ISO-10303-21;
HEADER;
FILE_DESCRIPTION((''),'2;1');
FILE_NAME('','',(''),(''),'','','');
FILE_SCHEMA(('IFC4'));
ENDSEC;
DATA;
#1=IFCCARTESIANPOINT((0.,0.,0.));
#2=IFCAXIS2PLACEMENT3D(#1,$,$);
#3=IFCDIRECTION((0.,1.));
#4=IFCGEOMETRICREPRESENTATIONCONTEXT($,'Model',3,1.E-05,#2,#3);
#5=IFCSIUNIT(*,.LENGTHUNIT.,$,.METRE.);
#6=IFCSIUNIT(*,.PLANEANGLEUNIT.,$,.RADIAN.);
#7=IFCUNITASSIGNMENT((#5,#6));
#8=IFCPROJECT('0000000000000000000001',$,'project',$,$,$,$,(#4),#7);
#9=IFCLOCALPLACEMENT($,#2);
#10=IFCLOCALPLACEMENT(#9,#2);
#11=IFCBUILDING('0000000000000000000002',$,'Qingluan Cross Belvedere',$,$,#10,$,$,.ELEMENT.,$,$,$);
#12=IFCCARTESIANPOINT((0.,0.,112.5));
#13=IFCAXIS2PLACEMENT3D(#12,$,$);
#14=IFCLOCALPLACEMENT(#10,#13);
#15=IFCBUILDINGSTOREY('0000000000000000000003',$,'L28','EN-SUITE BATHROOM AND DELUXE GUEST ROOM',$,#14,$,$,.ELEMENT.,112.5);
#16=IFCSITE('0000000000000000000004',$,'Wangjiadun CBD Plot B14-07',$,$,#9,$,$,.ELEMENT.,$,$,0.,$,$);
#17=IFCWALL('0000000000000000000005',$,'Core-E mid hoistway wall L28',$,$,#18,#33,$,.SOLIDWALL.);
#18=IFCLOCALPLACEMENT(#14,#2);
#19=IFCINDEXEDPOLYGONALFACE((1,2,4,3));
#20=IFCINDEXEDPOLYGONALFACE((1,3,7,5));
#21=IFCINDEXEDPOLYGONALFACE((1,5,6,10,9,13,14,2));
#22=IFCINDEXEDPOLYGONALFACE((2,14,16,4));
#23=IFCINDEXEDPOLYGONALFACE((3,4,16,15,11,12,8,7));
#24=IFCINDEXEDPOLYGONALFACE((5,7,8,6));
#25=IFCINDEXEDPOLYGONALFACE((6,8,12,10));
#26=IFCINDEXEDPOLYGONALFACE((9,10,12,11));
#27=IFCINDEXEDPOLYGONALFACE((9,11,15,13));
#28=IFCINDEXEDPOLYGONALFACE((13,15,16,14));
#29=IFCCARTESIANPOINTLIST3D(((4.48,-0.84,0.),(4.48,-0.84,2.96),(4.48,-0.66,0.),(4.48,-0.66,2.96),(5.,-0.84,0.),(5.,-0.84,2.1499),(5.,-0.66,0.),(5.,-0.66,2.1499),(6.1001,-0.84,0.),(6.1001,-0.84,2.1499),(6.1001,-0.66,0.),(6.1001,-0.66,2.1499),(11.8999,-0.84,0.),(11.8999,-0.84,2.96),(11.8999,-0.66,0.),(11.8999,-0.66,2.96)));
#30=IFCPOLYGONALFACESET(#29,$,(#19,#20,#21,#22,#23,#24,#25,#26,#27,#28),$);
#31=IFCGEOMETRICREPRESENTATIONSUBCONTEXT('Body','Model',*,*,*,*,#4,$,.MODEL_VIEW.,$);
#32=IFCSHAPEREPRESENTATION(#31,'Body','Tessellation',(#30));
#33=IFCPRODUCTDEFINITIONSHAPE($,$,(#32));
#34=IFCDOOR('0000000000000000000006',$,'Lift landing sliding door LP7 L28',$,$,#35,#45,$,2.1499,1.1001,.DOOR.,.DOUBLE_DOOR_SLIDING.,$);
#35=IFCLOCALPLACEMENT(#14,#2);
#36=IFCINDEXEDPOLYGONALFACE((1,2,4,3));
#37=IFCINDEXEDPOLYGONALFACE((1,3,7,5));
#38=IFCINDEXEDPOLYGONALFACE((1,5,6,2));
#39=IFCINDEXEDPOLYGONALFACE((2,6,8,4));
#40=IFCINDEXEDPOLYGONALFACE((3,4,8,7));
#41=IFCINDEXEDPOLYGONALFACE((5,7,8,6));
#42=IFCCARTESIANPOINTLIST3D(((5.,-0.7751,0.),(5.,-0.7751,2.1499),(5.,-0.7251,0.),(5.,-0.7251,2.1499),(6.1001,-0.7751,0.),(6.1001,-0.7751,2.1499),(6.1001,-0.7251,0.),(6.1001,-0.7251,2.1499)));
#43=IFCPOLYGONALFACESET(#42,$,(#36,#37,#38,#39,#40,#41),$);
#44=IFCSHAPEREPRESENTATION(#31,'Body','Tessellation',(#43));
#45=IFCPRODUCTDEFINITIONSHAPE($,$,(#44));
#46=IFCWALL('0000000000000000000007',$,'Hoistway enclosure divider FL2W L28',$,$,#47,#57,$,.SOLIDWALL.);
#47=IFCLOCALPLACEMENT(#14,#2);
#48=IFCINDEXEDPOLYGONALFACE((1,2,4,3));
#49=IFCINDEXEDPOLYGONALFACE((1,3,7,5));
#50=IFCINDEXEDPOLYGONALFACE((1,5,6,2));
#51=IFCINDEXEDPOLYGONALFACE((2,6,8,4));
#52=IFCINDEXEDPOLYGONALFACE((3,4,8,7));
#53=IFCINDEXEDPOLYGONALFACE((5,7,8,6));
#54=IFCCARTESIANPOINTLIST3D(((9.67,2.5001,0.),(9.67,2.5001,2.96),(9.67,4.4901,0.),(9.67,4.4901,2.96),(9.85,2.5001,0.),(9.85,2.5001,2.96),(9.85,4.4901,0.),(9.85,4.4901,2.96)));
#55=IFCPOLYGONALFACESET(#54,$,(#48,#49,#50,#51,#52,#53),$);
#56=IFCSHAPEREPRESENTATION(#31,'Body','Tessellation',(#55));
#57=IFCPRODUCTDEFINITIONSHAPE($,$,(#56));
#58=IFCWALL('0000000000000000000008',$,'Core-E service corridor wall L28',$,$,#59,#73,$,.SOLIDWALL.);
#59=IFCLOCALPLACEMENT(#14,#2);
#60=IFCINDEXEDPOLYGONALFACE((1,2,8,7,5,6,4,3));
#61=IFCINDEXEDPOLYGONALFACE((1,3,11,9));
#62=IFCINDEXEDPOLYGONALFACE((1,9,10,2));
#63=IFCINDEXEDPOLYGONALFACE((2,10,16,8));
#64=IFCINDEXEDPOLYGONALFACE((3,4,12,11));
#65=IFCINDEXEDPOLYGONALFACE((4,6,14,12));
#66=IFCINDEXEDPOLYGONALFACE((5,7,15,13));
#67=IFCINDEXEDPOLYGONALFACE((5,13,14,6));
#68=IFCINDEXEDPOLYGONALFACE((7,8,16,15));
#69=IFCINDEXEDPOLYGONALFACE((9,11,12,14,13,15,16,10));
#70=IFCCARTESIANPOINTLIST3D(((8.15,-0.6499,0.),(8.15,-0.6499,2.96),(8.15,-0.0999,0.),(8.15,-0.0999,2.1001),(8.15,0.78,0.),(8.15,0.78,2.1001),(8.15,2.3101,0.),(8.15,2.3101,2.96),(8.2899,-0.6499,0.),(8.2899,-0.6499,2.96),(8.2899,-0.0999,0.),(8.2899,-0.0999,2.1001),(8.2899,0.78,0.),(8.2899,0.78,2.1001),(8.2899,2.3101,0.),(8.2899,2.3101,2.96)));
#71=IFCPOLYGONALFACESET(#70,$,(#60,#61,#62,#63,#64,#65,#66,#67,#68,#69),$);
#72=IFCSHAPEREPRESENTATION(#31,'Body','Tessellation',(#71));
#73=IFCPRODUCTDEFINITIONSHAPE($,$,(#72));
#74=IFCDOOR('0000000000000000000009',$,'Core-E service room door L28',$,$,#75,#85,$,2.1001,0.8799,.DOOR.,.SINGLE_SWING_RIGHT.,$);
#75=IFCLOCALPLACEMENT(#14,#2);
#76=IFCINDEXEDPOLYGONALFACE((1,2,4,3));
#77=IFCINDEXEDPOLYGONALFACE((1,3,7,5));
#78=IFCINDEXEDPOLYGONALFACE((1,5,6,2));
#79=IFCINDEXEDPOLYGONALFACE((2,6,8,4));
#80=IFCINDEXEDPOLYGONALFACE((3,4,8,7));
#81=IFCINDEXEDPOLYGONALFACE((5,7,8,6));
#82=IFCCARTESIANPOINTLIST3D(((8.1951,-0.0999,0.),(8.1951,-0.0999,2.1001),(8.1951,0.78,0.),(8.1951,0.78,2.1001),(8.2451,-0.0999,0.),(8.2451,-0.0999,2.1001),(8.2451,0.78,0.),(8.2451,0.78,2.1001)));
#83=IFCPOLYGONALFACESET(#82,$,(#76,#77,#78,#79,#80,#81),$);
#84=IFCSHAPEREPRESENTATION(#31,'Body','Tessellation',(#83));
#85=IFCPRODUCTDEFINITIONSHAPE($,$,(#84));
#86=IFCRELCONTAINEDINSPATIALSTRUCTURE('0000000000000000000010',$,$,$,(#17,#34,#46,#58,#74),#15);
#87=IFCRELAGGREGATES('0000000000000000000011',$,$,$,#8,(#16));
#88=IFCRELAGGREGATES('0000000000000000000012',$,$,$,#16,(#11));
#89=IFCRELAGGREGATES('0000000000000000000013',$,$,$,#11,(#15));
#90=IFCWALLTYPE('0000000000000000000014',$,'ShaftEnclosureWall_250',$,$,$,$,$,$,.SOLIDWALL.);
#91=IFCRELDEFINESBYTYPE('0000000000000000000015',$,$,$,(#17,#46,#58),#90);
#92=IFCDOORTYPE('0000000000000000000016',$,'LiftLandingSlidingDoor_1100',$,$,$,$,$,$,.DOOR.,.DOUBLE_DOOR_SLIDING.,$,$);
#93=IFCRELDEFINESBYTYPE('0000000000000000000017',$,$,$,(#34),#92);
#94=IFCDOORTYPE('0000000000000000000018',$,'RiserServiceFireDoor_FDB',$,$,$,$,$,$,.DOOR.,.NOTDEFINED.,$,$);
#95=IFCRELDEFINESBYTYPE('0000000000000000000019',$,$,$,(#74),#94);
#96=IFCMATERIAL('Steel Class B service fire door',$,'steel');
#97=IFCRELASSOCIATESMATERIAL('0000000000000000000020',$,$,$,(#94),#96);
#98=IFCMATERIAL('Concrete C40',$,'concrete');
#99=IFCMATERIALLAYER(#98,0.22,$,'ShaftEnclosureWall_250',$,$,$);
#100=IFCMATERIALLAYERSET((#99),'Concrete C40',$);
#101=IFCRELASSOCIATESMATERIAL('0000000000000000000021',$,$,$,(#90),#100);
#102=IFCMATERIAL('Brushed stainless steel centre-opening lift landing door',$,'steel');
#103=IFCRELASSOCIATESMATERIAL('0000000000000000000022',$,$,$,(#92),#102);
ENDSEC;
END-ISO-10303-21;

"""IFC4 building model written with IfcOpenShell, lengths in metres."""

from ifc_helpers import new_model, si_unit, direction, frame, frame_2d, origin, place, context, subcontext, project, spatial, rectangle, extrude, material, layer, layer_set, type_object, element, fill, save


model = new_model("IFC4")

# Units and contexts
model_context = context("Model", 3, precision=1e-05, world=origin(), true_north=direction((0.0, 1.0)))
body_context = subcontext(model_context, "Body", "Model", "MODEL_VIEW")
ifc_project = project(units=[si_unit("LENGTHUNIT", "METRE"), si_unit("PLANEANGLEUNIT", "RADIAN")], contexts=[model_context])

# Site, building, storey
site_placement = place(None, origin())
site = spatial("IfcSite", under=ifc_project, at=site_placement, Name="Wangjiadun CBD Plot B14-07", CompositionType="ELEMENT", RefElevation=0.0)
building_placement = place(site_placement, origin())
building = spatial("IfcBuilding", under=site, at=building_placement, Name="Qingluan Cross Belvedere", CompositionType="ELEMENT")
storey_placement = place(building_placement, frame((0.0, 0.0, 112.5)))
storey = spatial("IfcBuildingStorey", under=building, at=storey_placement, Name="L28", Description="EN-SUITE BATHROOM AND DELUXE GUEST ROOM", CompositionType="ELEMENT", Elevation=112.5)

# Shared definitions
ifc_material_1 = material(Name="Steel Class B service fire door", Category="steel")
door_type_1 = type_object("IfcDoorType", Name="RiserServiceFireDoor_FDB", OperationType="NOTDEFINED", PredefinedType="DOOR", material=ifc_material_1)

# Shared definitions
ifc_material_2 = material(Name="Concrete C40", Category="concrete")
ifc_layer_1 = layer(ifc_material_2, 0.22, Name="ShaftEnclosureWall_250")
ifc_layer_set_1 = layer_set([ifc_layer_1], Name="Concrete C40")
wall_type_1 = type_object("IfcWallType", Name="ShaftEnclosureWall_250", PredefinedType="SOLIDWALL", material=ifc_layer_set_1)
ifc_material_3 = material(Name="Brushed stainless steel centre-opening lift landing door", Category="steel")
door_type_2 = type_object("IfcDoorType", Name="LiftLandingSlidingDoor_1100", OperationType="DOUBLE_DOOR_SLIDING", PredefinedType="DOOR", material=ifc_material_3)

# Wall, opening, door
wall_1_placement = place(storey_placement, frame((4.48, -0.75, 0.0), z_axis=(0.0, 0.0, 1.0), x_axis=(1.0, 0.0, 0.0)))
wall_1 = element("IfcWall", 1, at=wall_1_placement, inside=storey, type_object=wall_type_1, Name="Core-E mid hoistway wall L28", PredefinedType="SOLIDWALL", context=body_context, shape_type="SweptSolid", body=[
    extrude(rectangle(XDim=7.4199, YDim=0.1799, at=frame_2d((3.71, 0.0))), origin(), (0.0, 0.0, 1.0), 2.96),
])
opening_1_placement = place(wall_1_placement, frame((0.52, 0.0, 0.0)))
opening_1 = element("IfcOpeningElement", 2, at=opening_1_placement, cuts=wall_1, PredefinedType="OPENING", context=body_context, shape_type="SweptSolid", body=[
    extrude(rectangle(XDim=1.1001, YDim=2.1499, at=frame_2d((0.55, 1.075))), frame((0.0, 0.0999, 0.0), z_axis=(0.0, -1.0, 0.0), x_axis=(1.0, 0.0, 0.0)), (0.0, 0.0, 1.0), 0.2),
])
door_1_placement = place(opening_1_placement, origin())
door_1 = element("IfcDoor", 3, at=door_1_placement, inside=storey, type_object=door_type_2, Name="Lift landing sliding door LP7 L28", OperationType="DOUBLE_DOOR_SLIDING", OverallHeight=2.1499, OverallWidth=1.1001, PredefinedType="DOOR", context=body_context, shape_type="SweptSolid", body=[
    extrude(rectangle(XDim=1.1001, YDim=2.1499, at=frame_2d((0.55, 1.075))), frame((0.0, 0.0249, 0.0), z_axis=(0.0, -1.0, 0.0), x_axis=(1.0, 0.0, 0.0)), (0.0, 0.0, 1.0), 0.05),
])
fill(opening_1, door_1)

# Wall
wall_2_placement = place(storey_placement, frame((9.76, 2.5, 0.0), z_axis=(0.0, 0.0, 1.0), x_axis=(0.0, 1.0, 0.0)))
element("IfcWall", 4, at=wall_2_placement, inside=storey, type_object=wall_type_1, Name="Hoistway enclosure divider FL2W L28", PredefinedType="SOLIDWALL", context=body_context, shape_type="SweptSolid", body=[
    extrude(rectangle(XDim=1.99, YDim=0.1799, at=frame_2d((0.9951, 0.0))), origin(), (0.0, 0.0, 1.0), 2.96),
])

# Wall, opening, door
wall_3_placement = place(storey_placement, frame((8.22, -0.6499, 0.0), z_axis=(0.0, 0.0, 1.0), x_axis=(0.0, 1.0, 0.0)))
wall_3 = element("IfcWall", 5, at=wall_3_placement, inside=storey, type_object=wall_type_1, Name="Core-E service corridor wall L28", PredefinedType="SOLIDWALL", context=body_context, shape_type="SweptSolid", body=[
    extrude(rectangle(XDim=2.96, YDim=0.1399, at=frame_2d((1.48, 0.0))), origin(), (0.0, 0.0, 1.0), 2.96),
])
opening_2_placement = place(wall_3_placement, frame((0.55, 0.0, 0.0)))
opening_2 = element("IfcOpeningElement", 6, at=opening_2_placement, cuts=wall_3, PredefinedType="OPENING", context=body_context, shape_type="SweptSolid", body=[
    extrude(rectangle(XDim=0.8799, YDim=2.1001, at=frame_2d((0.4399, 1.05))), frame((0.0, 0.0798, 0.0), z_axis=(0.0, -1.0, 0.0), x_axis=(1.0, 0.0, 0.0)), (0.0, 0.0, 1.0), 0.1599),
])
door_2_placement = place(opening_2_placement, origin())
door_2 = element("IfcDoor", 7, at=door_2_placement, inside=storey, type_object=door_type_1, Name="Core-E service room door L28", OperationType="SINGLE_SWING_RIGHT", OverallHeight=2.1001, OverallWidth=0.8799, PredefinedType="DOOR", context=body_context, shape_type="SweptSolid", body=[
    extrude(rectangle(XDim=0.8799, YDim=2.1001, at=frame_2d((0.4399, 1.05))), frame((0.0, 0.0249, 0.0), z_axis=(0.0, -1.0, 0.0), x_axis=(1.0, 0.0, 0.0)), (0.0, 0.0, 1.0), 0.05),
])
fill(opening_2, door_2)

save(model, "model.ifc")
